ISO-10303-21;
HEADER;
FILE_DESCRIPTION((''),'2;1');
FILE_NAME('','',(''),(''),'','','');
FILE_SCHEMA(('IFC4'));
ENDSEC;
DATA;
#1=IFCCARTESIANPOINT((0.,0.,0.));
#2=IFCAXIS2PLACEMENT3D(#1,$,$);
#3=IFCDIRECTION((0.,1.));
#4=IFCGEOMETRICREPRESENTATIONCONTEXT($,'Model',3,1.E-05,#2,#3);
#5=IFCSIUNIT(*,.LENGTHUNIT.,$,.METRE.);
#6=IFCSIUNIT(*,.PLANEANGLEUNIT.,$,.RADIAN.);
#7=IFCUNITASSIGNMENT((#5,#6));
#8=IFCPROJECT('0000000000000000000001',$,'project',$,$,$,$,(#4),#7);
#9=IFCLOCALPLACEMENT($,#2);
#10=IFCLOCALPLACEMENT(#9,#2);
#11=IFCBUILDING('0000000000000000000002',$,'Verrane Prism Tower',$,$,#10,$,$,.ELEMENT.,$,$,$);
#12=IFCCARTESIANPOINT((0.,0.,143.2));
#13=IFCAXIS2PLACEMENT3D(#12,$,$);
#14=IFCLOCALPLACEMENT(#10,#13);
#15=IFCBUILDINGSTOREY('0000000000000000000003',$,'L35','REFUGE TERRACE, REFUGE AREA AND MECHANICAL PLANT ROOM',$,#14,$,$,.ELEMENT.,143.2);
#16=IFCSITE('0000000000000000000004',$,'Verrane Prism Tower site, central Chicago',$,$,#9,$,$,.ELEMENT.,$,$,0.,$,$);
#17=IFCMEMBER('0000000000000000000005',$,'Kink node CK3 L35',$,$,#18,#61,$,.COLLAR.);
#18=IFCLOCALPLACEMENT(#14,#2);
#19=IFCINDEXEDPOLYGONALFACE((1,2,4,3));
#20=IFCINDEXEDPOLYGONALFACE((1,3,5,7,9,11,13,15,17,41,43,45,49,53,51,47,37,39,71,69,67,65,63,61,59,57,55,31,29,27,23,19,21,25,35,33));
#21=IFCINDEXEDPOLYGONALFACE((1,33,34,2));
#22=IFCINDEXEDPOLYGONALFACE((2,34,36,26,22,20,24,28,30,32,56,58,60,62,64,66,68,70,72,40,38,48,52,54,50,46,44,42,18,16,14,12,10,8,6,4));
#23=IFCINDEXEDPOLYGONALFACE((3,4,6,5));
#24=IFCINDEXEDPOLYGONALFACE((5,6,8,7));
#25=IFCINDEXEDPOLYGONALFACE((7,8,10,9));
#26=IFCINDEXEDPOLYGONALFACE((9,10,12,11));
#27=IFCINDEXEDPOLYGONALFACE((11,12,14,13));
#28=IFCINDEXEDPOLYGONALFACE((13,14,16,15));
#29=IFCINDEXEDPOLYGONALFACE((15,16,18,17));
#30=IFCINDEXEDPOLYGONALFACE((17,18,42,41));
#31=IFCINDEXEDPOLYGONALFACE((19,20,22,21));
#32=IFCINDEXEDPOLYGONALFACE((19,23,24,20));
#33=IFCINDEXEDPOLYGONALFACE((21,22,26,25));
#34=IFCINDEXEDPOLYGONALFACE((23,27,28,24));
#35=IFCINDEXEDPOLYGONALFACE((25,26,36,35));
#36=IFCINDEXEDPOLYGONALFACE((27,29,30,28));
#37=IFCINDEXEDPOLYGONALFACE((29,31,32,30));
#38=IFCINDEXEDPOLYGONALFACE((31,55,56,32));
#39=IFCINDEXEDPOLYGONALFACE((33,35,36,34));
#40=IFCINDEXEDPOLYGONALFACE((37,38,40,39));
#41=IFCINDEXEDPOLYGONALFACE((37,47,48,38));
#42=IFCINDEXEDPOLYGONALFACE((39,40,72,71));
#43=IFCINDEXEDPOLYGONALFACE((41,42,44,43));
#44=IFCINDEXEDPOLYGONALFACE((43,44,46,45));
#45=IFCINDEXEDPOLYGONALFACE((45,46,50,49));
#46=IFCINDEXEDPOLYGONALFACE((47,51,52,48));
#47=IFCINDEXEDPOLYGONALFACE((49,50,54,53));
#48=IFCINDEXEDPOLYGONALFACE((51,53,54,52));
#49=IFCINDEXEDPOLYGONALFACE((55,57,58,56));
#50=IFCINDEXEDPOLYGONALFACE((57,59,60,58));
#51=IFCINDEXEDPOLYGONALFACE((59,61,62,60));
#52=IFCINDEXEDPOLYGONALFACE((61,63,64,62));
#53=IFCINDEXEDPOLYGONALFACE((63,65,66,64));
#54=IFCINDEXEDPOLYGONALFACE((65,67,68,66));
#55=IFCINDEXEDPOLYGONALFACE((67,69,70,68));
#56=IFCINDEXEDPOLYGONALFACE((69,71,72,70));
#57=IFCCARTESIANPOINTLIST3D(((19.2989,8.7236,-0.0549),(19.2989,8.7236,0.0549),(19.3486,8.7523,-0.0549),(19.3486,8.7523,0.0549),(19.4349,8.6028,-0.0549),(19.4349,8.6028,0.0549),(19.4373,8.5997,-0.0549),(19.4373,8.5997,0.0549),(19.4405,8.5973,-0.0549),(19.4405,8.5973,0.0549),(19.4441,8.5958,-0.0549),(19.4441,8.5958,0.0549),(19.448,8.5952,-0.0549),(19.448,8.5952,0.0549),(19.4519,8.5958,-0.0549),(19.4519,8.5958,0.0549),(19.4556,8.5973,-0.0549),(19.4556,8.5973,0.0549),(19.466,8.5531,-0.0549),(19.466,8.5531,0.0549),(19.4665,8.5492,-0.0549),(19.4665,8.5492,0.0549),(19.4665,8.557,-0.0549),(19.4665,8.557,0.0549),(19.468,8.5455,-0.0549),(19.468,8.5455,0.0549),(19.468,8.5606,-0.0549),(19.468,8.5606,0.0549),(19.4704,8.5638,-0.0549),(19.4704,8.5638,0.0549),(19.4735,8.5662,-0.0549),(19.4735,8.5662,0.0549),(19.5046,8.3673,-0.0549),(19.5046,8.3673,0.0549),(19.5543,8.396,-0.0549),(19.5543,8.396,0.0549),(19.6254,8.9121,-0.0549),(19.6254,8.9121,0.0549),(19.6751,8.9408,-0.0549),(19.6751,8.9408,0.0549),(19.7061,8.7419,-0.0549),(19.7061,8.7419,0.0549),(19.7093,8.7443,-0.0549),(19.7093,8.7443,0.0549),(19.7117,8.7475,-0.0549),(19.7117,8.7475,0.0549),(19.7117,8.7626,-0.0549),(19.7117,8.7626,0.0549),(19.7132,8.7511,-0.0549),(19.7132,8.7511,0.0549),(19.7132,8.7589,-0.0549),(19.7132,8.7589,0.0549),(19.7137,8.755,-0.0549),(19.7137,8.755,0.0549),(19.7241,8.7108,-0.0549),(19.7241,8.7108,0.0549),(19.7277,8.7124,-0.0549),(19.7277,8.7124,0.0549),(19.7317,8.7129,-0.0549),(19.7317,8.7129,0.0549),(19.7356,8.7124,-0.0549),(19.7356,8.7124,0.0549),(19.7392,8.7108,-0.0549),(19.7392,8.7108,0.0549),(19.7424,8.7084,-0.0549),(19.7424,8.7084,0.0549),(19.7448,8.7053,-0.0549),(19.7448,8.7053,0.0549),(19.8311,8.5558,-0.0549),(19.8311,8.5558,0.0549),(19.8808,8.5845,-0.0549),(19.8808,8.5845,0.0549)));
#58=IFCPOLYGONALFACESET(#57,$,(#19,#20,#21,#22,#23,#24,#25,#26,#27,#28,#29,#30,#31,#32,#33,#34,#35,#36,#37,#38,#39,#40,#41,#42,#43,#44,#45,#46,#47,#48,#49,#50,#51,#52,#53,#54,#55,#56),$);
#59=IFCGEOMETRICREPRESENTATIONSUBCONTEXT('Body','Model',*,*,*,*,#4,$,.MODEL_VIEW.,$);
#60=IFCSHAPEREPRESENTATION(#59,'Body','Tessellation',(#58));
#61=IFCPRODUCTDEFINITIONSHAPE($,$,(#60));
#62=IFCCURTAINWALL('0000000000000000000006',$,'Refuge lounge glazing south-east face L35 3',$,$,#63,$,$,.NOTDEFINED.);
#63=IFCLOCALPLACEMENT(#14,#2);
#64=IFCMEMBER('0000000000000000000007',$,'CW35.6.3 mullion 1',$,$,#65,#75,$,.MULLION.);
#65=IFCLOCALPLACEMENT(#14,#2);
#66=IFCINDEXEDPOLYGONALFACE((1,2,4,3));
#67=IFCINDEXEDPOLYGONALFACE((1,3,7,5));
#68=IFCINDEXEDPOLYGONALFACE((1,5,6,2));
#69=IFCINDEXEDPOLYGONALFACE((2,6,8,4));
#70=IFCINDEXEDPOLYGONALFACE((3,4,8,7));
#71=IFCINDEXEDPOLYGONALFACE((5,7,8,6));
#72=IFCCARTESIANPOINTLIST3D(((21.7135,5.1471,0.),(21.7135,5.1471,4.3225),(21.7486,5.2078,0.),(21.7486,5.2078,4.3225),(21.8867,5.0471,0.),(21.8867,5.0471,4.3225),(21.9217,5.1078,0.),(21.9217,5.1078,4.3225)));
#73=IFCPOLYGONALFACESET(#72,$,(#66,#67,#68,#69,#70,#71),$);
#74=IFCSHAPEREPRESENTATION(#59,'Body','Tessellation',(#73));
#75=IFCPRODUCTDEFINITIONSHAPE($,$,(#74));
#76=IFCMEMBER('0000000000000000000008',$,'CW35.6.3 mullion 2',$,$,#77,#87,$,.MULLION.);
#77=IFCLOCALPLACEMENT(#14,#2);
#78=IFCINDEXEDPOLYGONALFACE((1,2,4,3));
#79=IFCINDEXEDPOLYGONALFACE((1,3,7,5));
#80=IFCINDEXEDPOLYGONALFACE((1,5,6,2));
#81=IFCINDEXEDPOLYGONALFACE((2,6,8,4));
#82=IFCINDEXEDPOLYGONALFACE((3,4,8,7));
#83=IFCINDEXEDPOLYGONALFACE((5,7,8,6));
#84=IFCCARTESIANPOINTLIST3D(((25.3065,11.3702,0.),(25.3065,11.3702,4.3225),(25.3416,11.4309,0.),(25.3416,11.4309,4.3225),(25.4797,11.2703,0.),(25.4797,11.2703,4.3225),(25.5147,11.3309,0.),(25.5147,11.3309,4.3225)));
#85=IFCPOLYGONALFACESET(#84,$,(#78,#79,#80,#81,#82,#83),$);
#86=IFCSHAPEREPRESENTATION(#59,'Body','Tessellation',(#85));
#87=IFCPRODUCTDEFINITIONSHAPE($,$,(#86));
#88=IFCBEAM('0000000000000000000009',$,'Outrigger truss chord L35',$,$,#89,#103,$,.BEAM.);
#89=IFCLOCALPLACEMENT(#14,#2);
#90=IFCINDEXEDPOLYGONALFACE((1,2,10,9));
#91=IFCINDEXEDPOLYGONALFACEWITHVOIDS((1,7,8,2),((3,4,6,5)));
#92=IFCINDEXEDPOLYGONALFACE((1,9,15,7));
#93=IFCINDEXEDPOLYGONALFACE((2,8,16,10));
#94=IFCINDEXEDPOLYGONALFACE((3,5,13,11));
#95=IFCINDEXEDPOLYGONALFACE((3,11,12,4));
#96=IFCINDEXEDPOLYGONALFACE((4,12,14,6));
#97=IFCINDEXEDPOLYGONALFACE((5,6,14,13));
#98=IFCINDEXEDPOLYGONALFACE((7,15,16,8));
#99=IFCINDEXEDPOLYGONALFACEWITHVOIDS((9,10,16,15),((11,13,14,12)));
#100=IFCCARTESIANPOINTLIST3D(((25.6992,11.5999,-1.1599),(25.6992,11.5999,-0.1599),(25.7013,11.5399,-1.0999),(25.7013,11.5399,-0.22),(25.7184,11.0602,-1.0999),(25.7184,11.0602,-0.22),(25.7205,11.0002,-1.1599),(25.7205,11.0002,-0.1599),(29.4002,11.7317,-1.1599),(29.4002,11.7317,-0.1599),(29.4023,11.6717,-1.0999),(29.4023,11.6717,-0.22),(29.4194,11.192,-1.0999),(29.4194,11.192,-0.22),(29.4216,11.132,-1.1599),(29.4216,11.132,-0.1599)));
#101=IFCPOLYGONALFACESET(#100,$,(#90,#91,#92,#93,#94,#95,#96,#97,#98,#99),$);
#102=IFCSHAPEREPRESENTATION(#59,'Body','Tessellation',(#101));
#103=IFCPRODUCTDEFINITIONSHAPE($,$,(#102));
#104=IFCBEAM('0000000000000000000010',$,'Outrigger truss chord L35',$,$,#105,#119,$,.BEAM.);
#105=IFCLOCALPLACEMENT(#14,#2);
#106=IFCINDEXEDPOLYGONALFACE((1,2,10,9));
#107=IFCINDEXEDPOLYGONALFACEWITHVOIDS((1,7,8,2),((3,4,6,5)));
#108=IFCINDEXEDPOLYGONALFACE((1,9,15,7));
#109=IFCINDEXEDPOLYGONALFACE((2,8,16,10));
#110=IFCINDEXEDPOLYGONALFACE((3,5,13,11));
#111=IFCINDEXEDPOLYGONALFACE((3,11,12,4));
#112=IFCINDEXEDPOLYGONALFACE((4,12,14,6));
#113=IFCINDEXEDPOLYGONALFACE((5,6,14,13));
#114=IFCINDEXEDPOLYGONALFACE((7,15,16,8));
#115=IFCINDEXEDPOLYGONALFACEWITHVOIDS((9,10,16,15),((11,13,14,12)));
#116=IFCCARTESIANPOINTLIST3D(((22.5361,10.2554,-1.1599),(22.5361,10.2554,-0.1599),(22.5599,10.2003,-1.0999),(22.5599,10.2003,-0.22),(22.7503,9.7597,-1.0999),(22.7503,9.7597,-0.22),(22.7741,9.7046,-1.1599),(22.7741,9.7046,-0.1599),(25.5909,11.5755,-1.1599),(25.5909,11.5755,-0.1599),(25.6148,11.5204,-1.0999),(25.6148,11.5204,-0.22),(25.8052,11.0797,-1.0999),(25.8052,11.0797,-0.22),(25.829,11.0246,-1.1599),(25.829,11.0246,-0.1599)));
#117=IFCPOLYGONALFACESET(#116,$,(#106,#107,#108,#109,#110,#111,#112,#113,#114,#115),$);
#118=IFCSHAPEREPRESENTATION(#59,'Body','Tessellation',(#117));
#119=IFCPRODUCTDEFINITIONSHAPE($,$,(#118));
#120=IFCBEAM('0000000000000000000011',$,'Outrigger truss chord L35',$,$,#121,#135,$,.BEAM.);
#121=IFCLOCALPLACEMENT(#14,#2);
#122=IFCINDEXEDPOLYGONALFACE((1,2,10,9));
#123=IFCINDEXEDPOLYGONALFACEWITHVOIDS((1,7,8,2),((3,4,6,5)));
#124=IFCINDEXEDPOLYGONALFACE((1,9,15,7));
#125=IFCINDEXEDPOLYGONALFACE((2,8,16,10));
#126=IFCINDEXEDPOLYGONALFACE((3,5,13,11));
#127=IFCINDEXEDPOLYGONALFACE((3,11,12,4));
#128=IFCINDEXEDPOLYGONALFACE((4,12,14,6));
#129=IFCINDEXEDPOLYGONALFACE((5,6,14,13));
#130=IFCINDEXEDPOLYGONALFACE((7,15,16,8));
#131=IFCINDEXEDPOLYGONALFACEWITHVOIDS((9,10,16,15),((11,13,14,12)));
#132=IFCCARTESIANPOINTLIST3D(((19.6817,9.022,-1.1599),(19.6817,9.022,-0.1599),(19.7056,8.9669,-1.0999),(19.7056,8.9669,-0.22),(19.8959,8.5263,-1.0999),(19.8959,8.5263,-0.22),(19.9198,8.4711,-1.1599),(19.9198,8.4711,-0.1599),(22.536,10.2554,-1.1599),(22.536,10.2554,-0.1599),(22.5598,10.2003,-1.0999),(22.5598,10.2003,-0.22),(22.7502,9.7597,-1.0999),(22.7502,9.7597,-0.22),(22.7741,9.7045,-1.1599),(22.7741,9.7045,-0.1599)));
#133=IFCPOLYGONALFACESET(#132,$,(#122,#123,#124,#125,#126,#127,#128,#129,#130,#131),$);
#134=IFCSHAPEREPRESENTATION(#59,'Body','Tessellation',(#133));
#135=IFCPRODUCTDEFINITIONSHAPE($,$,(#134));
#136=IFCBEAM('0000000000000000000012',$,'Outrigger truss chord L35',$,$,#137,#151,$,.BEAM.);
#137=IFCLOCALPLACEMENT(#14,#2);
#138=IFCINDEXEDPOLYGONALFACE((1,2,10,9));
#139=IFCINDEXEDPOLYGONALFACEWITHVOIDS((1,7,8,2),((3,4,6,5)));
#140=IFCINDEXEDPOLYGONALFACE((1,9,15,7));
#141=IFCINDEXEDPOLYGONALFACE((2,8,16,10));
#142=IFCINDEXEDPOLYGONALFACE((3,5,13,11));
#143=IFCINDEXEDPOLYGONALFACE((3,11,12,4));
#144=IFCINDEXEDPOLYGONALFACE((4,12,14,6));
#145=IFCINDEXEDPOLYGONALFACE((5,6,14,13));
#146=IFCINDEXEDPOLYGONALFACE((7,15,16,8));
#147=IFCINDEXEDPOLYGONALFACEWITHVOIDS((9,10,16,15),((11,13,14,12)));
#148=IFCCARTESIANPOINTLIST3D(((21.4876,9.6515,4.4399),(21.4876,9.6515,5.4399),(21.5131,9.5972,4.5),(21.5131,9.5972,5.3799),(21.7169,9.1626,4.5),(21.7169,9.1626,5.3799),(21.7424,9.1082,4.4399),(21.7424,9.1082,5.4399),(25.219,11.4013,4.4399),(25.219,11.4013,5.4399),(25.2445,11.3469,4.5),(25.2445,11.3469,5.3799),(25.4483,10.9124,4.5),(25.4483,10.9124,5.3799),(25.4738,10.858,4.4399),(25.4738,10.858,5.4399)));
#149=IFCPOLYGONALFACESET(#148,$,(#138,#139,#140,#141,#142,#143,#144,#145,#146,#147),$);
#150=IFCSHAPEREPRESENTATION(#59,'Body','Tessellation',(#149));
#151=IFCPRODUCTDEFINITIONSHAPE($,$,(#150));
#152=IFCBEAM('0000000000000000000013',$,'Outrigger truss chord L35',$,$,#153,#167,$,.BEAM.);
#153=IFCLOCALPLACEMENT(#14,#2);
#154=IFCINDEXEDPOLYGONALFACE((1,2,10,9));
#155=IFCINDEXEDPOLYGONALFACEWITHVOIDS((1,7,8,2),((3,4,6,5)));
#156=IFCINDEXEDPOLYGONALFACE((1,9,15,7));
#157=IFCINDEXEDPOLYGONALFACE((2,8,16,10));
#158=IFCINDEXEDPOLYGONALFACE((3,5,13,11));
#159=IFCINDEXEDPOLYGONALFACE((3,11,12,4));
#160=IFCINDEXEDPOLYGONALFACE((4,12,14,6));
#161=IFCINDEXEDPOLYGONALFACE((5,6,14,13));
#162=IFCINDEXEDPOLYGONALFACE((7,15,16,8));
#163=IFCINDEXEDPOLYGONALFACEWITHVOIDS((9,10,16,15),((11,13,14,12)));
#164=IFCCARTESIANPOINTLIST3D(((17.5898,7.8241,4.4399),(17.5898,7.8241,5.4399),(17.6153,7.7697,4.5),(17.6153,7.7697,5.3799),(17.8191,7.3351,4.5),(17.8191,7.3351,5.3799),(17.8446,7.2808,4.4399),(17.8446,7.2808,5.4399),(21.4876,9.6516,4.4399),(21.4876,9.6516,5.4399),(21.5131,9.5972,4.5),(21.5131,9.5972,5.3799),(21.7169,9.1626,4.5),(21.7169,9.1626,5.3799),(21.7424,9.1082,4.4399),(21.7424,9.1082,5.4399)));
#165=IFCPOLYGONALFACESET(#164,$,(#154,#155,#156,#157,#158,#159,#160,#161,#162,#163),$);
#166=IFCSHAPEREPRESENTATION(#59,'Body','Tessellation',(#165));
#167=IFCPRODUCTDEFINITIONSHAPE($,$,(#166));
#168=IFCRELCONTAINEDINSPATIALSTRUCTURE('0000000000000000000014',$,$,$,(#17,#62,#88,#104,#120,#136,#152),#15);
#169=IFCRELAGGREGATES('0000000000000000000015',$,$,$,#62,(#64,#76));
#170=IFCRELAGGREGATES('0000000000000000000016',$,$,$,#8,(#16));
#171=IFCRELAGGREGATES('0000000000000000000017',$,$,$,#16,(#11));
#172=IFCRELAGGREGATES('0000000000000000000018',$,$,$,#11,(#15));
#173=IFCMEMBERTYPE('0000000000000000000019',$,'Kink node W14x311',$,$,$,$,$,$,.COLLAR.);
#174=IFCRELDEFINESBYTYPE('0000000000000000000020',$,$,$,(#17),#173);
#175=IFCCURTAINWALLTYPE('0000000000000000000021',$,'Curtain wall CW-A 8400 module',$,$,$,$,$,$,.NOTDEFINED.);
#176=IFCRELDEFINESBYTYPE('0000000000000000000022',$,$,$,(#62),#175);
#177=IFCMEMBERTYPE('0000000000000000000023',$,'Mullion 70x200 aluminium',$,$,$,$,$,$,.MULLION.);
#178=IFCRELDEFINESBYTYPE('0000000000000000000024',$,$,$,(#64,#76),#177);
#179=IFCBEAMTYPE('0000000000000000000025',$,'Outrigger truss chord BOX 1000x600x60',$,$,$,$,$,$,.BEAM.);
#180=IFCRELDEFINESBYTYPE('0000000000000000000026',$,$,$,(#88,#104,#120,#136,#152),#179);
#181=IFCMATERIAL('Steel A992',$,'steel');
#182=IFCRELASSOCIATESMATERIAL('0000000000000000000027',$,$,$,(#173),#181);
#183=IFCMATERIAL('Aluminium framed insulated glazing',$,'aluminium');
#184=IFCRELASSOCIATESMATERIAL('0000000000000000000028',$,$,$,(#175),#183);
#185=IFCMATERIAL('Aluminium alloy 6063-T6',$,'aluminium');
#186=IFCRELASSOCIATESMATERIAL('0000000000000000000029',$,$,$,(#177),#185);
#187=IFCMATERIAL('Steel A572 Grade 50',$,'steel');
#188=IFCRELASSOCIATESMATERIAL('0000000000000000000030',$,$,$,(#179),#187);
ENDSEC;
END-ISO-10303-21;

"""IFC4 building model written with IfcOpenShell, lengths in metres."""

from ifc_helpers import new_model, si_unit, direction, frame, origin, origin_2d, place, context, subcontext, project, spatial, rectangle, hollow_rectangle, i_section, extrude, material, material_profile, profile_set, type_object, element, aggregate, save


model = new_model("IFC4")

# Units and contexts
model_context = context("Model", 3, precision=1e-05, world=origin(), true_north=direction((0.0, 1.0)))
body_context = subcontext(model_context, "Body", "Model", "MODEL_VIEW")
ifc_project = project(units=[si_unit("LENGTHUNIT", "METRE"), si_unit("PLANEANGLEUNIT", "RADIAN")], contexts=[model_context])

# Site, building, storey
site_placement = place(None, origin())
site = spatial("IfcSite", under=ifc_project, at=site_placement, Name="Verrane Prism Tower site, central Chicago", CompositionType="ELEMENT", RefElevation=0.0)
building_placement = place(site_placement, origin())
building = spatial("IfcBuilding", under=site, at=building_placement, Name="Verrane Prism Tower", CompositionType="ELEMENT")
storey_placement = place(building_placement, frame((0.0, 0.0, 143.2)))
storey = spatial("IfcBuildingStorey", under=building, at=storey_placement, Name="L35", Description="REFUGE TERRACE, REFUGE AREA AND MECHANICAL PLANT ROOM", CompositionType="ELEMENT", Elevation=143.2)

# Member
ifc_material_1 = material(Name="Steel A992", Category="steel")
ifc_material_profile_1 = material_profile(ifc_material_1, i_section(OverallWidth=0.4114, OverallDepth=0.4343, WebThickness=0.0359, FlangeThickness=0.0574, FilletRadius=0.0151, at=origin_2d()), Name="W14x311")
ifc_profile_set_1 = profile_set([ifc_material_profile_1], Name="Steel A992")
member_type_1 = type_object("IfcMemberType", Name="Kink node W14x311", PredefinedType="COLLAR", material=ifc_profile_set_1)
member_1_placement = place(storey_placement, frame((19.5898, 8.6541, -0.0549), z_axis=(0.0, 0.0, 1.0), x_axis=(0.5, -0.866025, 0.0)))
element("IfcMember", 1, at=member_1_placement, inside=storey, type_object=member_type_1, Name="Kink node CK3 L35", PredefinedType="COLLAR", context=body_context, shape_type="SweptSolid", body=[
    extrude(i_section(OverallWidth=0.4114, OverallDepth=0.4343, WebThickness=0.0359, FlangeThickness=0.0574, FilletRadius=0.0151, at=origin_2d()), origin(), (0.0, 0.0, 1.0), 0.1099),
])

# Curtain wall, members
ifc_material_2 = material(Name="Aluminium framed insulated glazing", Category="aluminium")
curtain_wall_type = type_object("IfcCurtainWallType", Name="Curtain wall CW-A 8400 module", PredefinedType="NOTDEFINED", material=ifc_material_2)
curtain_wall_placement = place(storey_placement, origin())
curtain_wall = element("IfcCurtainWall", 2, at=curtain_wall_placement, inside=storey, type_object=curtain_wall_type, Name="Refuge lounge glazing south-east face L35 3", PredefinedType="NOTDEFINED")
ifc_material_3 = material(Name="Aluminium alloy 6063-T6", Category="aluminium")
ifc_material_profile_2 = material_profile(ifc_material_3, rectangle(XDim=0.2, YDim=0.0701, at=origin_2d()), Name="Mullion 70x200 aluminium")
ifc_profile_set_2 = profile_set([ifc_material_profile_2], Name="Aluminium alloy 6063-T6")
member_type_2 = type_object("IfcMemberType", Name="Mullion 70x200 aluminium", PredefinedType="MULLION", material=ifc_profile_set_2)
member_2_placement = place(storey_placement, frame((21.8176, 5.1274, 0.0), z_axis=(0.0, 0.0, 1.0), x_axis=(-0.866023, 0.500005, 0.0)))
member_2 = element("IfcMember", 3, at=member_2_placement, type_object=member_type_2, Name="CW35.6.3 mullion 1", PredefinedType="MULLION", context=body_context, shape_type="SweptSolid", body=[
    extrude(rectangle(XDim=0.2, YDim=0.0701, at=origin_2d()), origin(), (0.0, 0.0, 1.0), 4.3225),
])
member_3_placement = place(storey_placement, frame((25.4106, 11.3506, 0.0), z_axis=(0.0, 0.0, 1.0), x_axis=(-0.866023, 0.500005, 0.0)))
member_3 = element("IfcMember", 4, at=member_3_placement, type_object=member_type_2, Name="CW35.6.3 mullion 2", PredefinedType="MULLION", context=body_context, shape_type="SweptSolid", body=[
    extrude(rectangle(XDim=0.2, YDim=0.0701, at=origin_2d()), origin(), (0.0, 0.0, 1.0), 4.3225),
])

# Beams
ifc_material_4 = material(Name="Steel A572 Grade 50", Category="steel")
ifc_material_profile_3 = material_profile(ifc_material_4, hollow_rectangle(XDim=0.6001, YDim=1.0, WallThickness=0.0601, at=origin_2d()), Name="BOX 1000x600x60")
ifc_profile_set_3 = profile_set([ifc_material_profile_3], Name="Steel A572 Grade 50")
beam_type_1 = type_object("IfcBeamType", Name="Outrigger truss chord BOX 1000x600x60", PredefinedType="BEAM", material=ifc_profile_set_3)
beam_1_placement = place(storey_placement, frame((29.4109, 11.4319, -0.6599), z_axis=(-0.999366, -0.0356, 0.0), x_axis=(0.0356, -0.999366, 0.0)))
element("IfcBeam", 5, at=beam_1_placement, inside=storey, type_object=beam_type_1, Name="Outrigger truss chord L35", PredefinedType="BEAM", context=body_context, shape_type="SweptSolid", body=[
    extrude(hollow_rectangle(XDim=0.6001, YDim=1.0, WallThickness=0.0601, at=origin_2d()), origin(), (0.0, 0.0, 1.0), 3.7034),
])
beam_2_placement = place(storey_placement, frame((25.71, 11.3, -0.6599), z_axis=(-0.917965, -0.396662, 0.0), x_axis=(0.396662, -0.917965, 0.0)))
element("IfcBeam", 6, at=beam_2_placement, inside=storey, type_object=beam_type_1, Name="Outrigger truss chord L35", PredefinedType="BEAM", context=body_context, shape_type="SweptSolid", body=[
    extrude(hollow_rectangle(XDim=0.6001, YDim=1.0, WallThickness=0.0601, at=origin_2d()), origin(), (0.0, 0.0, 1.0), 3.3279),
])
beam_3_placement = place(storey_placement, frame((22.655, 9.98, -0.6599), z_axis=(-0.917959, -0.396675, 0.0), x_axis=(0.396675, -0.917959, 0.0)))
element("IfcBeam", 7, at=beam_3_placement, inside=storey, type_object=beam_type_1, Name="Outrigger truss chord L35", PredefinedType="BEAM", context=body_context, shape_type="SweptSolid", body=[
    extrude(hollow_rectangle(XDim=0.6001, YDim=1.0, WallThickness=0.0601, at=origin_2d()), origin(), (0.0, 0.0, 1.0), 3.1094),
])
beam_4_placement = place(storey_placement, frame((25.3464, 11.1296, 4.9399), z_axis=(-0.905399, -0.424561, 0.0), x_axis=(0.424561, -0.905399, 0.0)))
element("IfcBeam", 8, at=beam_4_placement, inside=storey, type_object=beam_type_1, Name="Outrigger truss chord L35", PredefinedType="BEAM", context=body_context, shape_type="SweptSolid", body=[
    extrude(hollow_rectangle(XDim=0.6001, YDim=1.0, WallThickness=0.0601, at=origin_2d()), origin(), (0.0, 0.0, 1.0), 4.1213),
])
beam_5_placement = place(storey_placement, frame((21.615, 9.3799, 4.9399), z_axis=(-0.905428, -0.424499, 0.0), x_axis=(0.424499, -0.905428, 0.0)))
element("IfcBeam", 9, at=beam_5_placement, inside=storey, type_object=beam_type_1, Name="Outrigger truss chord L35", PredefinedType="BEAM", context=body_context, shape_type="SweptSolid", body=[
    extrude(hollow_rectangle(XDim=0.6001, YDim=1.0, WallThickness=0.0601, at=origin_2d()), origin(), (0.0, 0.0, 1.0), 4.3049),
])

aggregate(curtain_wall, [member_2, member_3])

save(model, "model.ifc")
